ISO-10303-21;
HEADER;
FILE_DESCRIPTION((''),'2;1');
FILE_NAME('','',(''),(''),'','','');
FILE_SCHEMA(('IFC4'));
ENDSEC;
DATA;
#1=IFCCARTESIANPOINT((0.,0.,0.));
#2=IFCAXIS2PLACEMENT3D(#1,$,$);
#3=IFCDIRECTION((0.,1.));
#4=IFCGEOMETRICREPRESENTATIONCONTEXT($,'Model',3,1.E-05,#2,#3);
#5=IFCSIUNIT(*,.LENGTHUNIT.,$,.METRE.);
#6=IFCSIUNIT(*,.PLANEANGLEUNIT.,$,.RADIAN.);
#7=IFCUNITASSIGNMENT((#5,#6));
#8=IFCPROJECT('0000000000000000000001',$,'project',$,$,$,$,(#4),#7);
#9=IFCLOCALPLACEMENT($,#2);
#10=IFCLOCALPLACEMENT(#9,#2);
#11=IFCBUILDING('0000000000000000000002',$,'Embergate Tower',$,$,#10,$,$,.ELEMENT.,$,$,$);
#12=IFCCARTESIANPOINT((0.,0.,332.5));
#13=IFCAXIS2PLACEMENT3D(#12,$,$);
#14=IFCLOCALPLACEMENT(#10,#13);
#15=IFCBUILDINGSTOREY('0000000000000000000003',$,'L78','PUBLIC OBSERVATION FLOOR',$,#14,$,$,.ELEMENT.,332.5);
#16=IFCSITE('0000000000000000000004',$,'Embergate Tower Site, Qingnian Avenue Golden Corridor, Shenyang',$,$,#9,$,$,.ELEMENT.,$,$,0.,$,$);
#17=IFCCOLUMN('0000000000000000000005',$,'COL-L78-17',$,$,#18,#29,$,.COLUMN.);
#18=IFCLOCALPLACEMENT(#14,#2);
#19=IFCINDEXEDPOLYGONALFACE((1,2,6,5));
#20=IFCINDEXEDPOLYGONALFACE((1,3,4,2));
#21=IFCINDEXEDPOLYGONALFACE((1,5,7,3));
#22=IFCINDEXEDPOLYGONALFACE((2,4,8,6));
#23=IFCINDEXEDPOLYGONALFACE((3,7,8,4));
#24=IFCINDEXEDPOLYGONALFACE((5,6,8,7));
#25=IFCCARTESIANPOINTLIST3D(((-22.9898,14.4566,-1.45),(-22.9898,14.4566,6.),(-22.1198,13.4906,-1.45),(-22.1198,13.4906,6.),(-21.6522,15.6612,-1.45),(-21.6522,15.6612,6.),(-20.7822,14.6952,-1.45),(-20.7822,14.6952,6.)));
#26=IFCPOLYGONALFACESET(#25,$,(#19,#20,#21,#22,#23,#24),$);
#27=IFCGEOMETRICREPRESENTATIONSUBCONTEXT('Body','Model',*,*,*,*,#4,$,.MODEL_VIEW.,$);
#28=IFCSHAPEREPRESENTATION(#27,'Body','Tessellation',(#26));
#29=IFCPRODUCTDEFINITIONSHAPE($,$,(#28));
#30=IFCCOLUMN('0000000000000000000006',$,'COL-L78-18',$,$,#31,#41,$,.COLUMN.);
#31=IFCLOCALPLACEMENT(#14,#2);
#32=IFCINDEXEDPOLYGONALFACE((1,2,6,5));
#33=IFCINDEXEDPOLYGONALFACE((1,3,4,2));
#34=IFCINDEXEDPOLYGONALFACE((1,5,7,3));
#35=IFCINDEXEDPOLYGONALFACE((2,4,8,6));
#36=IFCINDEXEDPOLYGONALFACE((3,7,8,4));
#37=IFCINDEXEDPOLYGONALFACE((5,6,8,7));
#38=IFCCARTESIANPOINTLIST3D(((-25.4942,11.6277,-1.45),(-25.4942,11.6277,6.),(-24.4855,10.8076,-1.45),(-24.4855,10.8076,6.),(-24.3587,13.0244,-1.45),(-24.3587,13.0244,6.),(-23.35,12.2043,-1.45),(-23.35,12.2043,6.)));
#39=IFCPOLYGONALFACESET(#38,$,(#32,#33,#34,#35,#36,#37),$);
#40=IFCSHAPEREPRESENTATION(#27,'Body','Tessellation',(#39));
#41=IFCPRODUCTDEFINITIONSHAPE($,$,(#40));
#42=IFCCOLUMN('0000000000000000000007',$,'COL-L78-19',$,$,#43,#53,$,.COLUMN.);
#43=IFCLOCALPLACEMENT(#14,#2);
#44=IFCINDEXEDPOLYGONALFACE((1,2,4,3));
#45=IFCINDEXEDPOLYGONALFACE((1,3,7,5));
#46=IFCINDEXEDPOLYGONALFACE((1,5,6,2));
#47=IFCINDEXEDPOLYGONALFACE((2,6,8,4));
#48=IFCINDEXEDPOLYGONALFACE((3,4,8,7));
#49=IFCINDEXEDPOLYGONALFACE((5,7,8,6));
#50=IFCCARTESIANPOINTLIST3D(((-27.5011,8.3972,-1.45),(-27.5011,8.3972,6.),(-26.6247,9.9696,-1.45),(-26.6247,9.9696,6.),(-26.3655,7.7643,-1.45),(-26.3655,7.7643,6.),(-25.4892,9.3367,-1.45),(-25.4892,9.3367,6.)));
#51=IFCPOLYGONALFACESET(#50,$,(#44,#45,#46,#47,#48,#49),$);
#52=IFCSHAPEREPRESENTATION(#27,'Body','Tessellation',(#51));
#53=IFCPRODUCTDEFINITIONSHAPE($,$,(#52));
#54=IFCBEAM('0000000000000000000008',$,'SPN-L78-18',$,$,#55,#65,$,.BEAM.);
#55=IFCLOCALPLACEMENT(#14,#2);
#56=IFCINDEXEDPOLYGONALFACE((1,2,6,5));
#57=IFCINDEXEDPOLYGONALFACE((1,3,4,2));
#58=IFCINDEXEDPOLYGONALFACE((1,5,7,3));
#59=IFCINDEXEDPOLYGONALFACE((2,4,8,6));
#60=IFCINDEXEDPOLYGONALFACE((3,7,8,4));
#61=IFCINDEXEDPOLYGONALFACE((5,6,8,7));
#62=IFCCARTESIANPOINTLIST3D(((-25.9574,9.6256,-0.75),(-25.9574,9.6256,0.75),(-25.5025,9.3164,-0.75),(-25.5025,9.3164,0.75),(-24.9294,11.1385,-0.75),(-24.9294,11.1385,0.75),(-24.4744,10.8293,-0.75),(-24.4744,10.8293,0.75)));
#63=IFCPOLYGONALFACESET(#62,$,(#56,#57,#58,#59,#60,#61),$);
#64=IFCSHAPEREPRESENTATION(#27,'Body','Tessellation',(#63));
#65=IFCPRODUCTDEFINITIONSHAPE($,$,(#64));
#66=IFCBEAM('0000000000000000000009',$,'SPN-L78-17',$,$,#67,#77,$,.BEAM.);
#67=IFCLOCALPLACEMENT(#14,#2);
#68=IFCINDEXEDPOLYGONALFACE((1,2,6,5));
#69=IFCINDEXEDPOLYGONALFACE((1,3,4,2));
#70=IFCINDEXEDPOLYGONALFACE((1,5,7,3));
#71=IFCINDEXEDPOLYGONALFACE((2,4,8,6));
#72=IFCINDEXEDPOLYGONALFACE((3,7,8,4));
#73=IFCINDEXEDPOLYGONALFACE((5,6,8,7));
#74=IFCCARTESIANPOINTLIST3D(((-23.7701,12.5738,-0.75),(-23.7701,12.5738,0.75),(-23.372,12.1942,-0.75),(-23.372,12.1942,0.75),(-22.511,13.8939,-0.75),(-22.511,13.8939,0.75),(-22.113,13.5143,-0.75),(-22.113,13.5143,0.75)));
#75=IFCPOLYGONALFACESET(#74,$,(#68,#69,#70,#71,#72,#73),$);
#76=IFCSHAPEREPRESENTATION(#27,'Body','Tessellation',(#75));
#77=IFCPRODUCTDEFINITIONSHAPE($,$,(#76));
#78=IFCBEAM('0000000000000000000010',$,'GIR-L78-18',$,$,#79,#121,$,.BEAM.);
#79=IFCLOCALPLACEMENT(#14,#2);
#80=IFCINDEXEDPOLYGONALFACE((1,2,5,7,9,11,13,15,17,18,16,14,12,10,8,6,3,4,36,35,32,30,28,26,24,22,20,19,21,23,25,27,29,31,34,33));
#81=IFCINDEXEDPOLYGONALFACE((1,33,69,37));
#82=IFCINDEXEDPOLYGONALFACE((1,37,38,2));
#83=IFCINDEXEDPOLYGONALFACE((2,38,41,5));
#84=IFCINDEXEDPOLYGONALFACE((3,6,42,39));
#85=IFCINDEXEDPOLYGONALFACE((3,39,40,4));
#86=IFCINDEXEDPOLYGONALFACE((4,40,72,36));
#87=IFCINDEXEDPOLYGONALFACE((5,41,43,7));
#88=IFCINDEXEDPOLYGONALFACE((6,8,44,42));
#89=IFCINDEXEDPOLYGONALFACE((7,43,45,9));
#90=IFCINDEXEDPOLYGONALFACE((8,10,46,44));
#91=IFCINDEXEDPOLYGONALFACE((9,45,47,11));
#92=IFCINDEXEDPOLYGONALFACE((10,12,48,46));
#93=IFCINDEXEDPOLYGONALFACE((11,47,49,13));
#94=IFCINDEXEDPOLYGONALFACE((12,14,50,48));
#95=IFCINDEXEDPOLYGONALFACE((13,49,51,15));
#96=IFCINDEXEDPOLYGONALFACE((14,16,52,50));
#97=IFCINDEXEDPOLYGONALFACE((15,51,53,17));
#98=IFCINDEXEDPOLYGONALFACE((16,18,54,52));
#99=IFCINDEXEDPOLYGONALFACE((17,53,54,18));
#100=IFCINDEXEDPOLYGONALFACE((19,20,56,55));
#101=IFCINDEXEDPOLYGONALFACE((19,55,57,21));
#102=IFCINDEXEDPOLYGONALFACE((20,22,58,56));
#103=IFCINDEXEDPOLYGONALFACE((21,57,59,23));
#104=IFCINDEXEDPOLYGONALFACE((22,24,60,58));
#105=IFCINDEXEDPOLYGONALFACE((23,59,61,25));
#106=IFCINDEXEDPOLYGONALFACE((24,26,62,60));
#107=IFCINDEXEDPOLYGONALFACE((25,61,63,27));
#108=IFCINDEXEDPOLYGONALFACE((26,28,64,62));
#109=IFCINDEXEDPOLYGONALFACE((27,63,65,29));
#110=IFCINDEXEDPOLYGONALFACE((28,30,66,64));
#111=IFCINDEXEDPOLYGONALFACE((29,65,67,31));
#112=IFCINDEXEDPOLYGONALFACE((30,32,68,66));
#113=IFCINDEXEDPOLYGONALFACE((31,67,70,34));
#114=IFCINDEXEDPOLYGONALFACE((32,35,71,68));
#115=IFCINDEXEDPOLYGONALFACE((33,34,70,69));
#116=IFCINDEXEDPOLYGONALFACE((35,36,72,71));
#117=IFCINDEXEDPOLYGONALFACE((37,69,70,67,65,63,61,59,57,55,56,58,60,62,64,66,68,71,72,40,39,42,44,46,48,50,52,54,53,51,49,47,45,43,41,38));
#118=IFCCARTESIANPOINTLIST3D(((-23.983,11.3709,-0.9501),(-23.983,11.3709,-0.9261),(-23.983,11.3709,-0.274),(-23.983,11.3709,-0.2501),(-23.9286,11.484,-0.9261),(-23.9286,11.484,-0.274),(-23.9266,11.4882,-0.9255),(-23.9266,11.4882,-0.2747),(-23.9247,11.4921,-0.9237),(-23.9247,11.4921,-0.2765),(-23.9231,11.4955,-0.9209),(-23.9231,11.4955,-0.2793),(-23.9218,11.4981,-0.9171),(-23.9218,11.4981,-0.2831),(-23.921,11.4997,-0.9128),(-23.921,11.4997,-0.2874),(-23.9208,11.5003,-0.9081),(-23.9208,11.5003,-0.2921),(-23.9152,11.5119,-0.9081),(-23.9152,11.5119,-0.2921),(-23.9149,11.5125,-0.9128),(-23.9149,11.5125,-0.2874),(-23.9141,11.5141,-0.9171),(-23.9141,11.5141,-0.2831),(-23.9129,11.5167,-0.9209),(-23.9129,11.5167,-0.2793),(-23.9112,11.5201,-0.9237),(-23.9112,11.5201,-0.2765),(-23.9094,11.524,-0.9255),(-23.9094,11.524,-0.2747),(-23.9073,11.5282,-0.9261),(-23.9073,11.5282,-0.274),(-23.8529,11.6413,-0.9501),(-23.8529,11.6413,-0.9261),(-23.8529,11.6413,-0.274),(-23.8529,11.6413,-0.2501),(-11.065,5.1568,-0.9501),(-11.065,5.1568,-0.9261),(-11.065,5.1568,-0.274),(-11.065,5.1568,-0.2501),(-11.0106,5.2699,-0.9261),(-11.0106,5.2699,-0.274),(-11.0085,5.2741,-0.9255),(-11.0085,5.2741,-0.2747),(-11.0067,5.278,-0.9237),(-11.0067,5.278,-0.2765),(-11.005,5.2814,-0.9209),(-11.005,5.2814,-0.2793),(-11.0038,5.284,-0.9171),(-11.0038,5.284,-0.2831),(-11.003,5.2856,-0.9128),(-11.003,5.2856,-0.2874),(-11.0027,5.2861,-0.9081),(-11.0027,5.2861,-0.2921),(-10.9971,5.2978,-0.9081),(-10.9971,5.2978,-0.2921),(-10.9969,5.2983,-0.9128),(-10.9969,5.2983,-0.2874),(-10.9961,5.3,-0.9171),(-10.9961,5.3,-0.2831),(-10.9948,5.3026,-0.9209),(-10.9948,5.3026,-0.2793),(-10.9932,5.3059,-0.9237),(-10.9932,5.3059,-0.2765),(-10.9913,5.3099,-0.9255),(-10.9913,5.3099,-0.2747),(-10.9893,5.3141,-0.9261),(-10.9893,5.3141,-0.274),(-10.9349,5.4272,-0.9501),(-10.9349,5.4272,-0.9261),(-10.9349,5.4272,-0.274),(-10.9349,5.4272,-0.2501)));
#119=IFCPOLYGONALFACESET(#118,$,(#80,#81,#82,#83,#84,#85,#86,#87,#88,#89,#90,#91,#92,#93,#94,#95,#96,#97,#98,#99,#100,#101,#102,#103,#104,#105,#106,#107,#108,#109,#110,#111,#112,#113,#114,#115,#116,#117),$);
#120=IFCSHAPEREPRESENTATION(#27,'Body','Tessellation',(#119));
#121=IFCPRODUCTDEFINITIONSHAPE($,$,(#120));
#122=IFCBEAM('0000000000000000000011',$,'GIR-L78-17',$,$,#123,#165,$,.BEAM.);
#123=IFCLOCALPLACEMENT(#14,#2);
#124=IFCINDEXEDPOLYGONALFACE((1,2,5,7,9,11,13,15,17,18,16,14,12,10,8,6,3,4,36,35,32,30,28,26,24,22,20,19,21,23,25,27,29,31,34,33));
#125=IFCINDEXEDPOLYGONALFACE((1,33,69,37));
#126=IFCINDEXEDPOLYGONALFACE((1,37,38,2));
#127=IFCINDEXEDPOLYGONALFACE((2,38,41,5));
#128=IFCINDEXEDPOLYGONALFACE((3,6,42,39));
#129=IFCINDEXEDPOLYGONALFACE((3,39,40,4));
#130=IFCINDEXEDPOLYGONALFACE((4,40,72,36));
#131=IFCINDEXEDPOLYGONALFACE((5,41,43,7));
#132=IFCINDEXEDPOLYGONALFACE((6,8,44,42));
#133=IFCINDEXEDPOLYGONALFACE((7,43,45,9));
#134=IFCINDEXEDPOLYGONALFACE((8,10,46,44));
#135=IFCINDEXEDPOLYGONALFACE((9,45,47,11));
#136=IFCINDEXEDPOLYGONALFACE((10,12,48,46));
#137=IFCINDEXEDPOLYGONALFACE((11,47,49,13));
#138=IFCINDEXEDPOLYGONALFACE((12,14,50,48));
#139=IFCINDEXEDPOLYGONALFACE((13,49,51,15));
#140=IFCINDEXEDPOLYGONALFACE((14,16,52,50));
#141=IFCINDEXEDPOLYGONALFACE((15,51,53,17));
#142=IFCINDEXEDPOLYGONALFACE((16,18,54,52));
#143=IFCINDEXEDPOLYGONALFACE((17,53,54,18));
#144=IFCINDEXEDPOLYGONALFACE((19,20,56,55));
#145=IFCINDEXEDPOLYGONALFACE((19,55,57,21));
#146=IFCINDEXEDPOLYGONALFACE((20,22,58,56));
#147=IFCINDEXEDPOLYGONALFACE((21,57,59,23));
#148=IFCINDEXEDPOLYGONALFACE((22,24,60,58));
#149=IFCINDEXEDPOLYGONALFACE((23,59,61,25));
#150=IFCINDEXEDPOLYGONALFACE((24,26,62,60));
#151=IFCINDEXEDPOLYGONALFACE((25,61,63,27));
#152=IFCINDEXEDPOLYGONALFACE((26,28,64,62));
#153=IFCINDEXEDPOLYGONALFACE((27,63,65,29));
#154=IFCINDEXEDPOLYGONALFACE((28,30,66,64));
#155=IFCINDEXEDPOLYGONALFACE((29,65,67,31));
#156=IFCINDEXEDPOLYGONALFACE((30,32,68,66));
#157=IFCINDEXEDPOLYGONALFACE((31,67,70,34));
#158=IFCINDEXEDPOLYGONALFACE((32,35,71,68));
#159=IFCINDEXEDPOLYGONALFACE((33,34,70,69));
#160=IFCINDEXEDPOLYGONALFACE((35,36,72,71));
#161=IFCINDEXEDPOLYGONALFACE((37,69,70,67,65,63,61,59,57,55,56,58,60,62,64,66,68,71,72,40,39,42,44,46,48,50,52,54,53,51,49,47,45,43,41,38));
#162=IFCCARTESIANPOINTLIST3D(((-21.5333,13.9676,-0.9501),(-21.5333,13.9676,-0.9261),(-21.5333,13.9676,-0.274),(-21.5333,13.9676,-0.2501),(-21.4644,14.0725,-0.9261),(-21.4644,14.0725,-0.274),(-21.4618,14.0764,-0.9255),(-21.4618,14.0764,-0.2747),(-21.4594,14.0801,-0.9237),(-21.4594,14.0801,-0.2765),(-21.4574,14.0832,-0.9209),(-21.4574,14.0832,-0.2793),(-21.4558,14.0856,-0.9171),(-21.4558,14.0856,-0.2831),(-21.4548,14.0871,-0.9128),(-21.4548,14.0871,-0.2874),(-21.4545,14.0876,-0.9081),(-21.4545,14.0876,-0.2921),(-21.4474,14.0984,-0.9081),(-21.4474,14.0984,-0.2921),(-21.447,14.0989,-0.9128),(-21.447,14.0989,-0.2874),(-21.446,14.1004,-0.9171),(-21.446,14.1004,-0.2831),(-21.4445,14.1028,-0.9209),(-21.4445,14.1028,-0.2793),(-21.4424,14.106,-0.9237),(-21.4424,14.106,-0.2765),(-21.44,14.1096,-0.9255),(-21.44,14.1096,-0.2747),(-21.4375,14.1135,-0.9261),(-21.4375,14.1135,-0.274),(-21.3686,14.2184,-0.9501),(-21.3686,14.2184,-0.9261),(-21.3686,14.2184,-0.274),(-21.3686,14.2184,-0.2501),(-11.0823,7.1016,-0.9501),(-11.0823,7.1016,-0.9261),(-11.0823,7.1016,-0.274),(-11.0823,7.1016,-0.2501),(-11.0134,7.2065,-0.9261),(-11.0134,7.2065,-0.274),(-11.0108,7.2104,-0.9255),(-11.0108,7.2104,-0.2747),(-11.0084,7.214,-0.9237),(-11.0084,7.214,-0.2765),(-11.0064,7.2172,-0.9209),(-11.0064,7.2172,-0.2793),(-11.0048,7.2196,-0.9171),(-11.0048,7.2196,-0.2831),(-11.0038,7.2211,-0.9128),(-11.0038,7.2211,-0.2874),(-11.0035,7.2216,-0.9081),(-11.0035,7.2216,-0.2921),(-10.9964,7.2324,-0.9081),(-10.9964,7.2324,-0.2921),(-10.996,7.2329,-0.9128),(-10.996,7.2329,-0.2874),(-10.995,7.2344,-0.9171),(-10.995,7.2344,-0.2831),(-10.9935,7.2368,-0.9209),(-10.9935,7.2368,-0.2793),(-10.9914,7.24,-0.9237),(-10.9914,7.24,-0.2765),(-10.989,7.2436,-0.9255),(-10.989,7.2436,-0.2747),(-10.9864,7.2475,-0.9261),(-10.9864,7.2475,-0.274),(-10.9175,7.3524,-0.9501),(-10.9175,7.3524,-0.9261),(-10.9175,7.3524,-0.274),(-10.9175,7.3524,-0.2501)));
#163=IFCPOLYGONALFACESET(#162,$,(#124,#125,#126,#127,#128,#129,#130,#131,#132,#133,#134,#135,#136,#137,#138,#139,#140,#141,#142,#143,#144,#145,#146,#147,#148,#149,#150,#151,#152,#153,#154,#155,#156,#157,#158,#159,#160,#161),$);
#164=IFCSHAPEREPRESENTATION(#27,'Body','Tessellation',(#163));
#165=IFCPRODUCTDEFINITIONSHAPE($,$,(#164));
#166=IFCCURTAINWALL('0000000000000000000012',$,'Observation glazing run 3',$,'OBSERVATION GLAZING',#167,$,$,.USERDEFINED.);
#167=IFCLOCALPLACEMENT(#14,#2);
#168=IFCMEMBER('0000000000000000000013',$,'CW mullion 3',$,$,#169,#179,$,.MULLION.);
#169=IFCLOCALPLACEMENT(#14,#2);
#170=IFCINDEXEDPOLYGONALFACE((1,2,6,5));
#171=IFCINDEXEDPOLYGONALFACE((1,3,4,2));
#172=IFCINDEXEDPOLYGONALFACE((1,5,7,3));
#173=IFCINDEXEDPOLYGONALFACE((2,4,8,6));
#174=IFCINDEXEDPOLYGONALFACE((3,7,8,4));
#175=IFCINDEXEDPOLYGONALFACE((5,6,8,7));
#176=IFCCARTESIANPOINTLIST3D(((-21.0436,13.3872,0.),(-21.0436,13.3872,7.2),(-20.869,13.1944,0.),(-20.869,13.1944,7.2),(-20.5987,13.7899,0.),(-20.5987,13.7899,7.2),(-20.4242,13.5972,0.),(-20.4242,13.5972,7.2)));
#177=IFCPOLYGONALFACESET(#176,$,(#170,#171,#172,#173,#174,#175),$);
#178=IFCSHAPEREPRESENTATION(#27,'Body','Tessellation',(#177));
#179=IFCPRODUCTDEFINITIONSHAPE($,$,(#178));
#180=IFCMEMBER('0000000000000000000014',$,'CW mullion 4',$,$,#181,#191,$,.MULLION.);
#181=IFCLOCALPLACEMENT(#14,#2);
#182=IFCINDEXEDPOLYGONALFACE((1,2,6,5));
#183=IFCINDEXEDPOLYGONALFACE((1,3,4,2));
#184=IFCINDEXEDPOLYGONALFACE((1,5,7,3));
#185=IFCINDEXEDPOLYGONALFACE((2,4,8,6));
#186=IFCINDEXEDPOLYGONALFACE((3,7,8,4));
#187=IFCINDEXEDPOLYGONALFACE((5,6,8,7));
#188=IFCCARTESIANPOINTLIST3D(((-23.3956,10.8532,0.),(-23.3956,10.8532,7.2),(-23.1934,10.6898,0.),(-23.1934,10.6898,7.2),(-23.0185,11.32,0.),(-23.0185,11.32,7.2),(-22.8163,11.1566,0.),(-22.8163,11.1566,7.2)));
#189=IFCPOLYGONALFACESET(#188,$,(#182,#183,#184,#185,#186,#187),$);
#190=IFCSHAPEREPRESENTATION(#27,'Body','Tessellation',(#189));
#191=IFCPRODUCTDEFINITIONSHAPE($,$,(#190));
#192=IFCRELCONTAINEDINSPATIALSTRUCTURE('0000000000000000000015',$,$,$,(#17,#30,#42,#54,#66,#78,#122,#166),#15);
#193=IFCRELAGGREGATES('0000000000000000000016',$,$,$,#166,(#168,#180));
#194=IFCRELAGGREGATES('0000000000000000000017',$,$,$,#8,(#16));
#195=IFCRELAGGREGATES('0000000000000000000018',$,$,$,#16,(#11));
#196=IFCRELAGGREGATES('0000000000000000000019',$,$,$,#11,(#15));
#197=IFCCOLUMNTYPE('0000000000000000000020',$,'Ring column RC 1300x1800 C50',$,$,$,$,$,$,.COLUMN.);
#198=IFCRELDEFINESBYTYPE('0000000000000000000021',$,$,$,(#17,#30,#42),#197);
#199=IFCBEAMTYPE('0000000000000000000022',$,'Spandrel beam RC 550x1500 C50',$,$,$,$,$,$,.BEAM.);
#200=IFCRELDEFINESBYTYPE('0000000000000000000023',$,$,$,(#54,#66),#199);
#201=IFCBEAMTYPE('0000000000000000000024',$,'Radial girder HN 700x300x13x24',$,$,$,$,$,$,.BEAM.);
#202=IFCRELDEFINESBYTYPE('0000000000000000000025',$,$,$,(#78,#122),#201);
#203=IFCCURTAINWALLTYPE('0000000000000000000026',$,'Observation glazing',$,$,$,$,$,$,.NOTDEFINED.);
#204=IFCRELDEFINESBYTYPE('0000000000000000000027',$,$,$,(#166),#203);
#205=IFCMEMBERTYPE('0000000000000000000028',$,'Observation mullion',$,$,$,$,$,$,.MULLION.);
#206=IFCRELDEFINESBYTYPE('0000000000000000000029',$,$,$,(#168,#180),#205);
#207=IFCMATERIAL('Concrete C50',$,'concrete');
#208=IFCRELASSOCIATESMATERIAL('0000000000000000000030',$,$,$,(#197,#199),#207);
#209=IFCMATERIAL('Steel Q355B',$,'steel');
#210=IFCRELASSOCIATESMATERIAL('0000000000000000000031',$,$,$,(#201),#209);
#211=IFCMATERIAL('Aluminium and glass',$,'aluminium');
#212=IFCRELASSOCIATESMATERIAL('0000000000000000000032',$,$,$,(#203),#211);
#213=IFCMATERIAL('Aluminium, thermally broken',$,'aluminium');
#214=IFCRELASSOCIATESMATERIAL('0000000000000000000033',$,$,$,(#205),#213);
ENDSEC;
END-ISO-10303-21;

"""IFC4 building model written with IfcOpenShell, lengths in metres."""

from ifc_helpers import new_model, si_unit, direction, frame, origin, origin_2d, place, context, subcontext, project, spatial, rectangle, i_section, extrude, source, transform, mapped, material, material_profile, profile_set, type_object, element, aggregate, save


model = new_model("IFC4")

# Units and contexts
model_context = context("Model", 3, precision=1e-05, world=origin(), true_north=direction((0.0, 1.0)))
body_context = subcontext(model_context, "Body", "Model", "MODEL_VIEW")
ifc_project = project(units=[si_unit("LENGTHUNIT", "METRE"), si_unit("PLANEANGLEUNIT", "RADIAN")], contexts=[model_context])

# Site, building, storey
site_placement = place(None, origin())
site = spatial("IfcSite", under=ifc_project, at=site_placement, Name="Embergate Tower Site, Qingnian Avenue Golden Corridor, Shenyang", CompositionType="ELEMENT", RefElevation=0.0)
building_placement = place(site_placement, origin())
building = spatial("IfcBuilding", under=site, at=building_placement, Name="Embergate Tower", CompositionType="ELEMENT")
storey_placement = place(building_placement, frame((0.0, 0.0, 332.5)))
storey = spatial("IfcBuildingStorey", under=building, at=storey_placement, Name="L78", Description="PUBLIC OBSERVATION FLOOR", CompositionType="ELEMENT", Elevation=332.5)

# Columns
ifc_material_1 = material(Name="Concrete C50", Category="concrete")
ifc_material_profile_1 = material_profile(ifc_material_1, rectangle(XDim=1.3, YDim=1.8, at=origin_2d()), Name="RC 1300x1800")
ifc_profile_set_1 = profile_set([ifc_material_profile_1], Name="Concrete C50")
column_type = type_object("IfcColumnType", Name="Ring column RC 1300x1800 C50", PredefinedType="COLUMN", material=ifc_profile_set_1)
shared_shape_1 = source(origin(), body_context, "Body", "SweptSolid", [
    extrude(rectangle(XDim=1.3, YDim=1.8, at=origin_2d()), origin(), (0.0, 0.0, 1.0), 7.45),
])
for number, where, z_axis, x_axis, name in (
    (1, (-21.886, 14.5759, -1.45), (0.0, 0.0, 1.0), (-0.669208, 0.743075, 0.0), "COL-L78-17"),
    (2, (-24.4221, 11.916, -1.45), (0.0, 0.0, 1.0), (-0.775925, 0.630825, 0.0), "COL-L78-18"),
    (3, (-26.4951, 8.8669, -1.45), (0.0, 0.0, 1.0), (-0.873492, 0.486839, 0.0), "COL-L78-19"),
):
    element("IfcColumn", number, at=place(storey_placement, frame(where, z_axis=z_axis, x_axis=x_axis)), inside=storey, type_object=column_type, Name=name, PredefinedType="COLUMN", context=body_context, shape_type="MappedRepresentation", body=[
        mapped(shared_shape_1, transform((0.0, 0.0, 0.0))),
    ])

# Beams
ifc_material_profile_2 = material_profile(ifc_material_1, rectangle(XDim=0.55, YDim=1.5, at=origin_2d()), Name="RC 550x1500")
ifc_profile_set_2 = profile_set([ifc_material_profile_2], Name="Concrete C50")
beam_type_1 = type_object("IfcBeamType", Name="Spandrel beam RC 550x1500 C50", PredefinedType="BEAM", material=ifc_profile_set_2)
shared_shape_2 = source(origin(), body_context, "Body", "SweptSolid", [
    extrude(rectangle(XDim=0.55, YDim=1.5, at=origin_2d()), origin(), (0.0, 0.0, 1.0), 1.8291),
])
beam_1_placement = place(storey_placement, frame((-24.7019, 10.9839, 0.0), z_axis=(-0.56204, -0.82711, 0.0), x_axis=(0.82711, -0.56204, 0.0)))
element("IfcBeam", 4, at=beam_1_placement, inside=storey, type_object=beam_type_1, Name="SPN-L78-18", PredefinedType="BEAM", context=body_context, shape_type="MappedRepresentation", body=[
    mapped(shared_shape_2, transform((0.0, 0.0, 0.0))),
])
shared_shape_3 = source(origin(), body_context, "Body", "SweptSolid", [
    extrude(rectangle(XDim=0.55, YDim=1.5, at=origin_2d()), origin(), (0.0, 0.0, 1.0), 1.8242),
])
beam_2_placement = place(storey_placement, frame((-22.312, 13.7041, 0.0), z_axis=(-0.69018, -0.723638, 0.0), x_axis=(0.723638, -0.69018, 0.0)))
element("IfcBeam", 5, at=beam_2_placement, inside=storey, type_object=beam_type_1, Name="SPN-L78-17", PredefinedType="BEAM", context=body_context, shape_type="MappedRepresentation", body=[
    mapped(shared_shape_3, transform((0.0, 0.0, 0.0))),
])
ifc_material_2 = material(Name="Steel Q355B", Category="steel")
ifc_material_profile_3 = material_profile(ifc_material_2, i_section(OverallWidth=0.3, OverallDepth=0.7, WebThickness=0.0129, FlangeThickness=0.0239, FilletRadius=0.0181, at=origin_2d()), Name="HN 700x300x13x24")
ifc_profile_set_3 = profile_set([ifc_material_profile_3], Name="Steel Q355 grade B")
beam_type_2 = type_object("IfcBeamType", Name="Radial girder HN 700x300x13x24", PredefinedType="BEAM", material=ifc_profile_set_3)
shared_shape_4 = source(origin(), body_context, "Body", "SweptSolid", [
    extrude(i_section(OverallWidth=0.3, OverallDepth=0.7, WebThickness=0.0129, FlangeThickness=0.0239, FilletRadius=0.0181, at=origin_2d()), origin(), (0.0, 0.0, 1.0), 14.335),
])
beam_3_placement = place(storey_placement, frame((-23.918, 11.5061, -0.6001), z_axis=(0.901156, -0.433496, 0.0), x_axis=(0.433496, 0.901156, 0.0)))
element("IfcBeam", 6, at=beam_3_placement, inside=storey, type_object=beam_type_2, Name="GIR-L78-18", PredefinedType="BEAM", context=body_context, shape_type="MappedRepresentation", body=[
    mapped(shared_shape_4, transform((0.0, 0.0, 0.0))),
])
shared_shape_5 = source(origin(), body_context, "Body", "SweptSolid", [
    extrude(i_section(OverallWidth=0.3, OverallDepth=0.7, WebThickness=0.0129, FlangeThickness=0.0239, FilletRadius=0.0181, at=origin_2d()), origin(), (0.0, 0.0, 1.0), 12.5046),
])
beam_4_placement = place(storey_placement, frame((-21.4509, 14.093, -0.6001), z_axis=(0.835771, -0.549078, 0.0), x_axis=(0.549078, 0.835771, 0.0)))
element("IfcBeam", 7, at=beam_4_placement, inside=storey, type_object=beam_type_2, Name="GIR-L78-17", PredefinedType="BEAM", context=body_context, shape_type="MappedRepresentation", body=[
    mapped(shared_shape_5, transform((0.0, 0.0, 0.0))),
])

# Curtain wall, members
ifc_material_3 = material(Name="Aluminium and glass", Category="aluminium")
curtain_wall_type = type_object("IfcCurtainWallType", Name="Observation glazing", PredefinedType="NOTDEFINED", material=ifc_material_3)
curtain_wall_placement = place(storey_placement, origin())
curtain_wall = element("IfcCurtainWall", 8, at=curtain_wall_placement, inside=storey, type_object=curtain_wall_type, Name="Observation glazing run 3", ObjectType="OBSERVATION GLAZING", PredefinedType="USERDEFINED")
ifc_material_4 = material(Name="Aluminium, thermally broken", Category="aluminium")
ifc_material_profile_4 = material_profile(ifc_material_4, rectangle(XDim=0.26, YDim=0.6001, at=origin_2d()), Name="AL 600x260")
ifc_profile_set_4 = profile_set([ifc_material_profile_4], Name="Aluminium, thermally broken")
member_type_1 = type_object("IfcMemberType", Name="Observation mullion", PredefinedType="MULLION", material=ifc_profile_set_4)
shared_shape_6 = source(origin(), body_context, "Body", "SweptSolid", [
    extrude(rectangle(XDim=0.26, YDim=0.6001, at=origin_2d()), origin(), (0.0, 0.0, 1.0), 7.2),
])
member_1_placement = place(storey_placement, frame((-20.7339, 13.4922, 0.0), z_axis=(0.0, 0.0, 1.0), x_axis=(0.671201, -0.741276, 0.0)))
member_1 = element("IfcMember", 9, at=member_1_placement, type_object=member_type_1, Name="CW mullion 3", PredefinedType="MULLION", context=body_context, shape_type="MappedRepresentation", body=[
    mapped(shared_shape_6, transform((0.0, 0.0, 0.0))),
])
member_2_placement = place(storey_placement, frame((-23.106, 11.0049, 0.0), z_axis=(0.0, 0.0, 1.0), x_axis=(0.777844, -0.628457, 0.0)))
member_2 = element("IfcMember", 10, at=member_2_placement, type_object=member_type_1, Name="CW mullion 4", PredefinedType="MULLION", context=body_context, shape_type="MappedRepresentation", body=[
    mapped(shared_shape_6, transform((0.0, 0.0, 0.0))),
])
aggregate(curtain_wall, [member_1, member_2])

save(model, "model.ifc")
